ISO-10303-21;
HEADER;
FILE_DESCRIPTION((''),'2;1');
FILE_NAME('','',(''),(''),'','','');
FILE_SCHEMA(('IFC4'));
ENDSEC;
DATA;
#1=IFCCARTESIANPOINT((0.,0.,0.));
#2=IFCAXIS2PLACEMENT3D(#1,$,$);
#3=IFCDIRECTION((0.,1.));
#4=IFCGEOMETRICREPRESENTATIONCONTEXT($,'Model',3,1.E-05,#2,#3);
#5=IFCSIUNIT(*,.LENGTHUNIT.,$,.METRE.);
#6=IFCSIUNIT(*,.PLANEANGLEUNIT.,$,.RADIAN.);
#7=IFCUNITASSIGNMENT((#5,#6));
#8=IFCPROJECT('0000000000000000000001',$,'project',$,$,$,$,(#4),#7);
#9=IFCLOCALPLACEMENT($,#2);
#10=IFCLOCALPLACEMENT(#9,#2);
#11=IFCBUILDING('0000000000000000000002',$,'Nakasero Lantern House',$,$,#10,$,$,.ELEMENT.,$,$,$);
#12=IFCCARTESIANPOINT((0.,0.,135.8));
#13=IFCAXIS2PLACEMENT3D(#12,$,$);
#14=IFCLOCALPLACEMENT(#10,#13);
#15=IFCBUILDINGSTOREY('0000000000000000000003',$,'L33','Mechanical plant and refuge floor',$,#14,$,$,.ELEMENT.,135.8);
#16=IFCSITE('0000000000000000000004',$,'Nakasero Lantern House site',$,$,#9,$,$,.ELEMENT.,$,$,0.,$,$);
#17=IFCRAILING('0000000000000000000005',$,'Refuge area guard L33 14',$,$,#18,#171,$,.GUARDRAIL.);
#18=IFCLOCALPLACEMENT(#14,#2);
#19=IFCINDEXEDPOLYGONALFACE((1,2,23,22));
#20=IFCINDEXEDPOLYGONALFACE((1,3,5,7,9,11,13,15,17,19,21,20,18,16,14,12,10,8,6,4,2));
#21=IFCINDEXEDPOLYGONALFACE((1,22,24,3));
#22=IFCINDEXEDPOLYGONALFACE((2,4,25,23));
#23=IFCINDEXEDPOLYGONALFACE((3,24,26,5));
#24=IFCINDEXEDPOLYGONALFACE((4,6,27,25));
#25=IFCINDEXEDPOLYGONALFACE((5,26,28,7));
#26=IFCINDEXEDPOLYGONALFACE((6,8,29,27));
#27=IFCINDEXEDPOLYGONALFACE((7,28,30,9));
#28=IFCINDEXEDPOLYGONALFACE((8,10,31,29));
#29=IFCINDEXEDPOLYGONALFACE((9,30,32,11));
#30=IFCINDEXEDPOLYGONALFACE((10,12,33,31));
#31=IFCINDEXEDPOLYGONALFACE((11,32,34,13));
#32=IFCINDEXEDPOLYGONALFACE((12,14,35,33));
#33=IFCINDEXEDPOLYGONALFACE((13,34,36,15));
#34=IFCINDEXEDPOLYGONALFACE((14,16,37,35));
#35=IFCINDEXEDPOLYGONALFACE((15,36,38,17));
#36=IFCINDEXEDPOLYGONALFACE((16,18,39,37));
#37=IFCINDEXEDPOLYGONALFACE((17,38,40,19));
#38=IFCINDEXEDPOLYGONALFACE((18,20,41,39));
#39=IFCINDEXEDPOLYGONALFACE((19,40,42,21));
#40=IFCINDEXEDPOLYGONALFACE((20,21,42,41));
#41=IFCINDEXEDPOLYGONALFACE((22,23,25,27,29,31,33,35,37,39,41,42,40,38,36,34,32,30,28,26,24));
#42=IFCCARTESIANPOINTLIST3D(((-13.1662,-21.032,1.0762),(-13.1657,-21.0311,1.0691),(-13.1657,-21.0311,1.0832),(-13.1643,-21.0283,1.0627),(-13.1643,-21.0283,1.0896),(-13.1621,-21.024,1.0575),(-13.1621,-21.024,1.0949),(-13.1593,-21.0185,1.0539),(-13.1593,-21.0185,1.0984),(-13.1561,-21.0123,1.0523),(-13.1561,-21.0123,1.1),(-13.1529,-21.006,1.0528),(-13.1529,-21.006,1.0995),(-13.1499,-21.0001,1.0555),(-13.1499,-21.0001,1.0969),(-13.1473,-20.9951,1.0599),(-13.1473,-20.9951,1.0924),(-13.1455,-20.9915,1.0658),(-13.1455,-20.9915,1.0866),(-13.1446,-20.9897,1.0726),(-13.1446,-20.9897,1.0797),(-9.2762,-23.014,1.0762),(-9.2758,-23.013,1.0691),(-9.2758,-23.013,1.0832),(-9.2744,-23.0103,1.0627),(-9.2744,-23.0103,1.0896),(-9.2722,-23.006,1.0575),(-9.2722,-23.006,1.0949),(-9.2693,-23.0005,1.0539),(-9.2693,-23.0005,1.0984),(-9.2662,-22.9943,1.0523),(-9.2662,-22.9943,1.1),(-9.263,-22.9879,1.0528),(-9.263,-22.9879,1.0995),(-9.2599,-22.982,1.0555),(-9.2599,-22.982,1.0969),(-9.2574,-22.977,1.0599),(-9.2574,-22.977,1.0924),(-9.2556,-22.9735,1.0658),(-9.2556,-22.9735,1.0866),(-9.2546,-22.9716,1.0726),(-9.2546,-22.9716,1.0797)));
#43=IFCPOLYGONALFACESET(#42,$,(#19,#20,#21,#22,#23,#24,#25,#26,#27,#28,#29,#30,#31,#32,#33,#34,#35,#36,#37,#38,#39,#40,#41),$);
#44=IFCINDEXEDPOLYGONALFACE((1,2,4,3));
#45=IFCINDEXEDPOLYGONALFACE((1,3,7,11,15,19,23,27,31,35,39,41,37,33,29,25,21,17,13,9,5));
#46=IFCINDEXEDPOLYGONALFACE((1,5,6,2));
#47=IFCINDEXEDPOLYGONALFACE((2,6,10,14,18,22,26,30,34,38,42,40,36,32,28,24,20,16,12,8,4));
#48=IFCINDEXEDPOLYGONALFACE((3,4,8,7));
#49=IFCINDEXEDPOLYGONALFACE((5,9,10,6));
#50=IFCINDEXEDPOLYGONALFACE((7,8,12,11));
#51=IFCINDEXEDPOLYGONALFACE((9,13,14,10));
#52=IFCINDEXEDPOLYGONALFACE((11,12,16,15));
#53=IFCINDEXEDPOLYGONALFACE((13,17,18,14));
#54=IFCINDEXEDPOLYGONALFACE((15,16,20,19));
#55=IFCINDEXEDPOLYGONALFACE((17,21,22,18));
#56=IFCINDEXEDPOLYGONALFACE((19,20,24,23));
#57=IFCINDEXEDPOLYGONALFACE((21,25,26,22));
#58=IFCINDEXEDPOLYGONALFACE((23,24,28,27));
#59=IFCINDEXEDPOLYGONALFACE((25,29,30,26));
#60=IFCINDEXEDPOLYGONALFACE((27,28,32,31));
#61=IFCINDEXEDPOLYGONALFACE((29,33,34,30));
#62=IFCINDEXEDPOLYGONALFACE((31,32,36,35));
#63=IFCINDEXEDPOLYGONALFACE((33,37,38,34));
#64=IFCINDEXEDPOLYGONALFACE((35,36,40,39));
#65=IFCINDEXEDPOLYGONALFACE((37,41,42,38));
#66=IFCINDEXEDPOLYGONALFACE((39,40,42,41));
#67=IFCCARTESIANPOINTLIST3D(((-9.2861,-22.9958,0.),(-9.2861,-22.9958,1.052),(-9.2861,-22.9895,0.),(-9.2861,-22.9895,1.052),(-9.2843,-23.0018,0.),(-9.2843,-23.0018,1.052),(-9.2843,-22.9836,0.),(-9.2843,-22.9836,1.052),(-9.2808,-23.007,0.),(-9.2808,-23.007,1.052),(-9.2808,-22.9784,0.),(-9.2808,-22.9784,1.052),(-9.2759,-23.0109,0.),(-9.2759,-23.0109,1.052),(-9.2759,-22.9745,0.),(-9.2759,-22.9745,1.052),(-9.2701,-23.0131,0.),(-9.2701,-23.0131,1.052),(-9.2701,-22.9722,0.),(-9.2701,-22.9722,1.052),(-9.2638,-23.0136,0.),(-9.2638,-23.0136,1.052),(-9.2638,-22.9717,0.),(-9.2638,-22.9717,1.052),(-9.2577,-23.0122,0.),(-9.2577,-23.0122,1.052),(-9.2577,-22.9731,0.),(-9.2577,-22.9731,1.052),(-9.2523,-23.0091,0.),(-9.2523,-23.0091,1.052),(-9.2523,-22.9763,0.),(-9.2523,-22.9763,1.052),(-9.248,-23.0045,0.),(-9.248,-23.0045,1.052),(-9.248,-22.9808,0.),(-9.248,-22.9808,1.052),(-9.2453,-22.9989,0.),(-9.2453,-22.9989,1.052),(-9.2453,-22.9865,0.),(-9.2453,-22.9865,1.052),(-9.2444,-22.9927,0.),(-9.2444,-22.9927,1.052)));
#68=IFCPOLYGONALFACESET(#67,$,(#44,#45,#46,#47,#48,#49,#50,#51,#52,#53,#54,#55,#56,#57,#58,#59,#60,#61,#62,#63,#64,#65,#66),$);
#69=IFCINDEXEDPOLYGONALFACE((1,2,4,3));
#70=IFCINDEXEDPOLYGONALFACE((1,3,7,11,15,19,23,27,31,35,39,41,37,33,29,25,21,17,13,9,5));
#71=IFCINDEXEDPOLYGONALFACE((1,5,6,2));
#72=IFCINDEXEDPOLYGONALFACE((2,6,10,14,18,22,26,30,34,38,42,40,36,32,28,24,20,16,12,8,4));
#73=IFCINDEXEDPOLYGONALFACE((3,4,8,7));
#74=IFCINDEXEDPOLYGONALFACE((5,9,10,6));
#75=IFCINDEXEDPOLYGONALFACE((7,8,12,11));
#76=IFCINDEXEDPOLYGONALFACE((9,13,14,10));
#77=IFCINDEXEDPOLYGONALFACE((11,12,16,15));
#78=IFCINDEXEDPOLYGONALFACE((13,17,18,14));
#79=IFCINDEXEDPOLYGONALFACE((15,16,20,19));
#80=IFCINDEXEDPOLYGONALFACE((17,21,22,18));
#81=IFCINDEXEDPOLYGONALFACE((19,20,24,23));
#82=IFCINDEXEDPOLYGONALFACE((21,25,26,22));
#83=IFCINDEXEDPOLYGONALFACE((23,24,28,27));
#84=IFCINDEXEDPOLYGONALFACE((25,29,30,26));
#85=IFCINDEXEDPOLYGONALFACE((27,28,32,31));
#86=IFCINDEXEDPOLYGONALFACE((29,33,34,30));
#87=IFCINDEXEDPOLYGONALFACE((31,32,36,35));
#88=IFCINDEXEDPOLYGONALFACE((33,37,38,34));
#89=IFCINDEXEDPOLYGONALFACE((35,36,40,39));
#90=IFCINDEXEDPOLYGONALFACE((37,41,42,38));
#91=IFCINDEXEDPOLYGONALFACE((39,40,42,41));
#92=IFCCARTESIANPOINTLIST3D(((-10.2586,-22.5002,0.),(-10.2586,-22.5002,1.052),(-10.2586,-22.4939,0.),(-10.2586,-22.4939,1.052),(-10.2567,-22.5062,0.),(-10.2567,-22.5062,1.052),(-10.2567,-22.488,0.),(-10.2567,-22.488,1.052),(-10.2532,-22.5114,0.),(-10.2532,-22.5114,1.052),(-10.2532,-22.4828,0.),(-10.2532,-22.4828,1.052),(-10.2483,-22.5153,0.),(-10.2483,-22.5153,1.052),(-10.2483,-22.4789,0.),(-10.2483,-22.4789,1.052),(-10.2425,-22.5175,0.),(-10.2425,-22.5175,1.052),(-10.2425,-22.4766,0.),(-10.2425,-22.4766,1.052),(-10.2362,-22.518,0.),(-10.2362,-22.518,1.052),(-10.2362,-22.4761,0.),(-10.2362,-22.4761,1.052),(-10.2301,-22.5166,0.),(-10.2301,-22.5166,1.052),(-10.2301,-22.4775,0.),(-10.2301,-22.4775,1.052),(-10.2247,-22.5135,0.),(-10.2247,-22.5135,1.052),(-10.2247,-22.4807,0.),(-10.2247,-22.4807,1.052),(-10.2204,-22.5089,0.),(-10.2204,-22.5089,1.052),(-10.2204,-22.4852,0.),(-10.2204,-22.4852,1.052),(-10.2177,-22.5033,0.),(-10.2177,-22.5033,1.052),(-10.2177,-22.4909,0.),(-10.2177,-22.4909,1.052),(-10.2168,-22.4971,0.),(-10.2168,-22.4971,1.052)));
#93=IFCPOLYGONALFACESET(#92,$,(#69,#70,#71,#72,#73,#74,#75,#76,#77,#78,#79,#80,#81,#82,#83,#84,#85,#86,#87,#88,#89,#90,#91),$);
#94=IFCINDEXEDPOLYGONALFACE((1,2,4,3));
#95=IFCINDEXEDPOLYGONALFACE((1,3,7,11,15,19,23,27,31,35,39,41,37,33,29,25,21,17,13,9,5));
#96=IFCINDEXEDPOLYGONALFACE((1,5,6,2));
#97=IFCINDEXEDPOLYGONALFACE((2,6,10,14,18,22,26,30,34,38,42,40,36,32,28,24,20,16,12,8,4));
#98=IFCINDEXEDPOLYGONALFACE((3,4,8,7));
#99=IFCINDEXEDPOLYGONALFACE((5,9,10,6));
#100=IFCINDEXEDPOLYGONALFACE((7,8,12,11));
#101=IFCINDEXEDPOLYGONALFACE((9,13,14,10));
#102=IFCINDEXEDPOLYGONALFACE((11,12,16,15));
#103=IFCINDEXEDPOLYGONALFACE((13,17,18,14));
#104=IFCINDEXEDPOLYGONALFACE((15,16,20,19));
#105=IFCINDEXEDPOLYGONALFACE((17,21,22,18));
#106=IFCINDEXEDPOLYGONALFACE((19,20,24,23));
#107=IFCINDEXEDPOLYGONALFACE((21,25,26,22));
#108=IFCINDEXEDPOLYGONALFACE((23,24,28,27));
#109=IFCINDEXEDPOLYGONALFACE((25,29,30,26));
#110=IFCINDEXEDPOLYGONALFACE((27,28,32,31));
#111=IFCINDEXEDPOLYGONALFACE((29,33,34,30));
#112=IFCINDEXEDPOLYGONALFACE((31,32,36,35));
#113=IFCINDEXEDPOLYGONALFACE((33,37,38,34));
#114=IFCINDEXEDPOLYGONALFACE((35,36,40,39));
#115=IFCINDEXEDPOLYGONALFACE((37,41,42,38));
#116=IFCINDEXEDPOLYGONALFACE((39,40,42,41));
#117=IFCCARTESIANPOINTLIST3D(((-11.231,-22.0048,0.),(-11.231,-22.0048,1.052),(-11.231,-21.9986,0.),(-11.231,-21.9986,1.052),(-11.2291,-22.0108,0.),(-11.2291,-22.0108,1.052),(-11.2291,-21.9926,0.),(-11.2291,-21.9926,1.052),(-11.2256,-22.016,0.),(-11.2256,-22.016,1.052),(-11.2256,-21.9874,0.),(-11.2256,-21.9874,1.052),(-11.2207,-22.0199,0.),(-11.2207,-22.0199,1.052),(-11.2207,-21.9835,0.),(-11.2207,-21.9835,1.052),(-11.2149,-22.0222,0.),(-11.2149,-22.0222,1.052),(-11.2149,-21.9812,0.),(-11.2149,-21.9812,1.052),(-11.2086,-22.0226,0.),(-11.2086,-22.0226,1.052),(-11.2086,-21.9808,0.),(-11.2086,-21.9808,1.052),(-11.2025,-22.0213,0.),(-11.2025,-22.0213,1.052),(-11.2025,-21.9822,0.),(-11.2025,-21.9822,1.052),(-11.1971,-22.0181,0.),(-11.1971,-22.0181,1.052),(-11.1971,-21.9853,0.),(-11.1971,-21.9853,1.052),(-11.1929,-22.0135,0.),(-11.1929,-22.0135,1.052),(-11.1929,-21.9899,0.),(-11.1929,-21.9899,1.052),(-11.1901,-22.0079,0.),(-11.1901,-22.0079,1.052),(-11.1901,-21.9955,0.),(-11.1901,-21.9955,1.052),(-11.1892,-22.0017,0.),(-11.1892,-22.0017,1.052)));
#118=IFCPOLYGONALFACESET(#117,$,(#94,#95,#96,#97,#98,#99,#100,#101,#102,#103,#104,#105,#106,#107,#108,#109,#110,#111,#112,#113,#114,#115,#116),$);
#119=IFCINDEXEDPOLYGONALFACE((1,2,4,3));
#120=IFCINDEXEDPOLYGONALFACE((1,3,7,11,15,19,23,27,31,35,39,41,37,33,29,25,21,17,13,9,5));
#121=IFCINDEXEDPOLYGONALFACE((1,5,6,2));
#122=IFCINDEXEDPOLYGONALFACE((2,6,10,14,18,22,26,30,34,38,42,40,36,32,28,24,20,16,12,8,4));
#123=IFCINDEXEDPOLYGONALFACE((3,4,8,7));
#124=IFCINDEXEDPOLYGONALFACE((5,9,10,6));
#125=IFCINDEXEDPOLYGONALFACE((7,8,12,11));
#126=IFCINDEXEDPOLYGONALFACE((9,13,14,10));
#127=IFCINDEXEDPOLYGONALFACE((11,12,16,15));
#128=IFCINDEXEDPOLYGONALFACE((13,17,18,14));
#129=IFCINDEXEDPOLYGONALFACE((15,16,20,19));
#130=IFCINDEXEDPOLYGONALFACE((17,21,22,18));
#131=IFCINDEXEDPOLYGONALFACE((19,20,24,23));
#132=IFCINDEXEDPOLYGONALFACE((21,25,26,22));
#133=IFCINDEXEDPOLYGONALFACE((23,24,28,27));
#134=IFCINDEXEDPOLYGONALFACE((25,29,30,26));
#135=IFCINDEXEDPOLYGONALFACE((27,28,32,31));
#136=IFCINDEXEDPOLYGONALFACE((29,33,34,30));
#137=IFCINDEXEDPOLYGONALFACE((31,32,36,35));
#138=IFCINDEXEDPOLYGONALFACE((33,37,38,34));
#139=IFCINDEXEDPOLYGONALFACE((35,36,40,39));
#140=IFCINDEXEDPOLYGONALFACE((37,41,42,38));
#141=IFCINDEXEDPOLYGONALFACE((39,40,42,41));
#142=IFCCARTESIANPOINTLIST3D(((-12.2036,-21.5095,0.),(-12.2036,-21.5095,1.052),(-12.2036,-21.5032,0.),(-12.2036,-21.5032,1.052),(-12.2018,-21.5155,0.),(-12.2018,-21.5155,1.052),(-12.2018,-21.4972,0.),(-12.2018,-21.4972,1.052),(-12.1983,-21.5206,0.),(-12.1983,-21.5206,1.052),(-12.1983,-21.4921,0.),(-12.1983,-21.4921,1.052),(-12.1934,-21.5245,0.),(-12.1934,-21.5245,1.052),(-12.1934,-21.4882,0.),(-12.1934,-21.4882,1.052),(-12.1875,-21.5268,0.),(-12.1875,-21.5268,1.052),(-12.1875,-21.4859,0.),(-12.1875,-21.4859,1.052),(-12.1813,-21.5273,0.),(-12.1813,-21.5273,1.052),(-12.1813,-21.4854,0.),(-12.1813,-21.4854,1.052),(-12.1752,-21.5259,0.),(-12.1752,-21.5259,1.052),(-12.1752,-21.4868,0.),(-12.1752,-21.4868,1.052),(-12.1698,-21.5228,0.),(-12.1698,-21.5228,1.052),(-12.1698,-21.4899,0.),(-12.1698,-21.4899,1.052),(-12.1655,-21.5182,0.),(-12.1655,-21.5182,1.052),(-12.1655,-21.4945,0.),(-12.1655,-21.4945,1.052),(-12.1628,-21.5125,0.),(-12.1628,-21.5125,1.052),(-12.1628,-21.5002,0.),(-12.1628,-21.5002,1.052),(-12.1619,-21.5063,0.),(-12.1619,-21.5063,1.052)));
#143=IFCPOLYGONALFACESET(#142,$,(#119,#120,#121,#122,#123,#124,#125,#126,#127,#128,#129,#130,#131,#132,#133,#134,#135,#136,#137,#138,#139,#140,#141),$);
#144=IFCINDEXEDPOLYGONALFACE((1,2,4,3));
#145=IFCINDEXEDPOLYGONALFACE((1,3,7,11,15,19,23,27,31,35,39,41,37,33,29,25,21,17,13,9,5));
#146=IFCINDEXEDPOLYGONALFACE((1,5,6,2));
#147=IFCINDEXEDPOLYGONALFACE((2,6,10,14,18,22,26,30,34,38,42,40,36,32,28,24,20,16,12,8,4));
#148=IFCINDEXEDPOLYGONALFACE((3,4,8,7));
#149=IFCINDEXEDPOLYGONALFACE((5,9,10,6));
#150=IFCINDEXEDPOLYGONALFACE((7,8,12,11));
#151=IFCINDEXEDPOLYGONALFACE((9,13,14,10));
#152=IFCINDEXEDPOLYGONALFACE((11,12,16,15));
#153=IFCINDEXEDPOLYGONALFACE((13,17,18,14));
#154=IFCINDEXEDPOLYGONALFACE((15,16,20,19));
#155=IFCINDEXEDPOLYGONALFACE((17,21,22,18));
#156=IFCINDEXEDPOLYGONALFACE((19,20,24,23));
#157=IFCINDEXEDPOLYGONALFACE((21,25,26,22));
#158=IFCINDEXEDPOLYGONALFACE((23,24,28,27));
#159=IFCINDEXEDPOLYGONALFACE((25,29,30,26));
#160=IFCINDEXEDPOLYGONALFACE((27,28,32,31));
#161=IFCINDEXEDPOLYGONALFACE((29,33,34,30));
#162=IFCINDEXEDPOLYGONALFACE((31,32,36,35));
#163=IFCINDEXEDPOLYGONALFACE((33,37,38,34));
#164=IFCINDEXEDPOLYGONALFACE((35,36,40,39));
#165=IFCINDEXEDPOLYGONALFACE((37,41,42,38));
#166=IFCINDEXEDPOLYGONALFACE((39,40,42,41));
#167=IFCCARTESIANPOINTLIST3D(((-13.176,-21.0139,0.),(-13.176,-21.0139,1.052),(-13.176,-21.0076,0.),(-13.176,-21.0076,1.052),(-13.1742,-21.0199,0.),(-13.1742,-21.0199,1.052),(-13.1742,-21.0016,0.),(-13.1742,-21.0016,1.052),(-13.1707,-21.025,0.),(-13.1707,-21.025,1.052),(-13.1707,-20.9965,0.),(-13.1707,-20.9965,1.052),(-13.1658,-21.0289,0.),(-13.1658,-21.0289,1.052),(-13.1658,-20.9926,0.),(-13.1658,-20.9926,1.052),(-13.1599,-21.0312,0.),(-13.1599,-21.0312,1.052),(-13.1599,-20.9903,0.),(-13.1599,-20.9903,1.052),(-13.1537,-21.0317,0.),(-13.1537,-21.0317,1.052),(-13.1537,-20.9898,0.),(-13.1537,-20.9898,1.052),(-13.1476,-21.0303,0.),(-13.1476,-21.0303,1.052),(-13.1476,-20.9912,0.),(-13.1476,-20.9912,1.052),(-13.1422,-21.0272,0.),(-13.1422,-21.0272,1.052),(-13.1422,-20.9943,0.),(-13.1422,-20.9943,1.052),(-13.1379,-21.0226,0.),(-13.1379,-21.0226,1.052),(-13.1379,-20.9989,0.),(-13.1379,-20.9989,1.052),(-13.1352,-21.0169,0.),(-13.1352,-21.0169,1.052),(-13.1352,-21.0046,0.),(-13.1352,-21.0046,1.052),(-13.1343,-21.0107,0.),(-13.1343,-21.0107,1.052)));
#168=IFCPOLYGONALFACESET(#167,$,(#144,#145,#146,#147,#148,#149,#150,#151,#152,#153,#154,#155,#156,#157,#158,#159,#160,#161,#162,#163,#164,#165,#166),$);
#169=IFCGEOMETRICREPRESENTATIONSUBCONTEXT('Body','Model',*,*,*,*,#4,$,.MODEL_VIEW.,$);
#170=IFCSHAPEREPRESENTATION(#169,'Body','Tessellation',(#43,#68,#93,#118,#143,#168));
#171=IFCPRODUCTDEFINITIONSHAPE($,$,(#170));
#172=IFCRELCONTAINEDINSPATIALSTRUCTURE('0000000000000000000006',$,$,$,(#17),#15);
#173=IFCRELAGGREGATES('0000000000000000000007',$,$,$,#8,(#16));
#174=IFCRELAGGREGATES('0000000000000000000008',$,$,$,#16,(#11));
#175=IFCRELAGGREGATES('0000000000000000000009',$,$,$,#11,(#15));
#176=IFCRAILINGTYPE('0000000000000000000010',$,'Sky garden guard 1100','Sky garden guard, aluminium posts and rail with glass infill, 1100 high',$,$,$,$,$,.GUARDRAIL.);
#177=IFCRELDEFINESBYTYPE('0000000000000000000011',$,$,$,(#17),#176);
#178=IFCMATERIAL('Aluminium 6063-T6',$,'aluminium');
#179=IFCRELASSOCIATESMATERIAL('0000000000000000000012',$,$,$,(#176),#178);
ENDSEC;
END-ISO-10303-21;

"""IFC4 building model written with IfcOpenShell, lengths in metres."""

from ifc_helpers import new_model, si_unit, direction, frame, origin, origin_2d, place, context, subcontext, project, spatial, circle, extrude, material, type_object, element, save


model = new_model("IFC4")

# Units and contexts
model_context = context("Model", 3, precision=1e-05, world=origin(), true_north=direction((0.0, 1.0)))
body_context = subcontext(model_context, "Body", "Model", "MODEL_VIEW")
ifc_project = project(units=[si_unit("LENGTHUNIT", "METRE"), si_unit("PLANEANGLEUNIT", "RADIAN")], contexts=[model_context])

# Site, building, storey
site_placement = place(None, origin())
site = spatial("IfcSite", under=ifc_project, at=site_placement, Name="Nakasero Lantern House site", CompositionType="ELEMENT", RefElevation=0.0)
building_placement = place(site_placement, origin())
building = spatial("IfcBuilding", under=site, at=building_placement, Name="Nakasero Lantern House", CompositionType="ELEMENT")
storey_placement = place(building_placement, frame((0.0, 0.0, 135.8)))
storey = spatial("IfcBuildingStorey", under=building, at=storey_placement, Name="L33", Description="Mechanical plant and refuge floor", CompositionType="ELEMENT", Elevation=135.8)

# Railing
ifc_material_1 = material(Name="Aluminium 6063-T6", Category="aluminium")
railing_type = type_object("IfcRailingType", Name="Sky garden guard 1100", Description="Sky garden guard, aluminium posts and rail with glass infill, 1100 high", PredefinedType="GUARDRAIL", material=ifc_material_1)
railing_1_placement = place(storey_placement, frame((-9.2654, -22.9927, 0.0)))
element("IfcRailing", 1, at=railing_1_placement, inside=storey, type_object=railing_type, Name="Refuge area guard L33 14", PredefinedType="GUARDRAIL", context=body_context, shape_type="SweptSolid", body=[
    extrude(circle(Radius=0.0239, at=origin_2d()), frame((0.0, 0.0, 1.0762), z_axis=(-0.891013, 0.453979, 0.0), x_axis=(-0.453979, -0.891013, 0.0)), (0.0, 0.0, 1.0), 4.3657),
    extrude(circle(Radius=0.021, at=origin_2d()), origin(), (0.0, 0.0, 1.0), 1.052),
    extrude(circle(Radius=0.021, at=origin_2d()), frame((-0.9724, 0.4956, 0.0)), (0.0, 0.0, 1.0), 1.052),
    extrude(circle(Radius=0.021, at=origin_2d()), frame((-1.9448, 0.991, 0.0)), (0.0, 0.0, 1.0), 1.052),
    extrude(circle(Radius=0.021, at=origin_2d()), frame((-2.9175, 1.4863, 0.0)), (0.0, 0.0, 1.0), 1.052),
    extrude(circle(Radius=0.021, at=origin_2d()), frame((-3.8899, 1.9819, 0.0)), (0.0, 0.0, 1.0), 1.052),
])

save(model, "model.ifc")
